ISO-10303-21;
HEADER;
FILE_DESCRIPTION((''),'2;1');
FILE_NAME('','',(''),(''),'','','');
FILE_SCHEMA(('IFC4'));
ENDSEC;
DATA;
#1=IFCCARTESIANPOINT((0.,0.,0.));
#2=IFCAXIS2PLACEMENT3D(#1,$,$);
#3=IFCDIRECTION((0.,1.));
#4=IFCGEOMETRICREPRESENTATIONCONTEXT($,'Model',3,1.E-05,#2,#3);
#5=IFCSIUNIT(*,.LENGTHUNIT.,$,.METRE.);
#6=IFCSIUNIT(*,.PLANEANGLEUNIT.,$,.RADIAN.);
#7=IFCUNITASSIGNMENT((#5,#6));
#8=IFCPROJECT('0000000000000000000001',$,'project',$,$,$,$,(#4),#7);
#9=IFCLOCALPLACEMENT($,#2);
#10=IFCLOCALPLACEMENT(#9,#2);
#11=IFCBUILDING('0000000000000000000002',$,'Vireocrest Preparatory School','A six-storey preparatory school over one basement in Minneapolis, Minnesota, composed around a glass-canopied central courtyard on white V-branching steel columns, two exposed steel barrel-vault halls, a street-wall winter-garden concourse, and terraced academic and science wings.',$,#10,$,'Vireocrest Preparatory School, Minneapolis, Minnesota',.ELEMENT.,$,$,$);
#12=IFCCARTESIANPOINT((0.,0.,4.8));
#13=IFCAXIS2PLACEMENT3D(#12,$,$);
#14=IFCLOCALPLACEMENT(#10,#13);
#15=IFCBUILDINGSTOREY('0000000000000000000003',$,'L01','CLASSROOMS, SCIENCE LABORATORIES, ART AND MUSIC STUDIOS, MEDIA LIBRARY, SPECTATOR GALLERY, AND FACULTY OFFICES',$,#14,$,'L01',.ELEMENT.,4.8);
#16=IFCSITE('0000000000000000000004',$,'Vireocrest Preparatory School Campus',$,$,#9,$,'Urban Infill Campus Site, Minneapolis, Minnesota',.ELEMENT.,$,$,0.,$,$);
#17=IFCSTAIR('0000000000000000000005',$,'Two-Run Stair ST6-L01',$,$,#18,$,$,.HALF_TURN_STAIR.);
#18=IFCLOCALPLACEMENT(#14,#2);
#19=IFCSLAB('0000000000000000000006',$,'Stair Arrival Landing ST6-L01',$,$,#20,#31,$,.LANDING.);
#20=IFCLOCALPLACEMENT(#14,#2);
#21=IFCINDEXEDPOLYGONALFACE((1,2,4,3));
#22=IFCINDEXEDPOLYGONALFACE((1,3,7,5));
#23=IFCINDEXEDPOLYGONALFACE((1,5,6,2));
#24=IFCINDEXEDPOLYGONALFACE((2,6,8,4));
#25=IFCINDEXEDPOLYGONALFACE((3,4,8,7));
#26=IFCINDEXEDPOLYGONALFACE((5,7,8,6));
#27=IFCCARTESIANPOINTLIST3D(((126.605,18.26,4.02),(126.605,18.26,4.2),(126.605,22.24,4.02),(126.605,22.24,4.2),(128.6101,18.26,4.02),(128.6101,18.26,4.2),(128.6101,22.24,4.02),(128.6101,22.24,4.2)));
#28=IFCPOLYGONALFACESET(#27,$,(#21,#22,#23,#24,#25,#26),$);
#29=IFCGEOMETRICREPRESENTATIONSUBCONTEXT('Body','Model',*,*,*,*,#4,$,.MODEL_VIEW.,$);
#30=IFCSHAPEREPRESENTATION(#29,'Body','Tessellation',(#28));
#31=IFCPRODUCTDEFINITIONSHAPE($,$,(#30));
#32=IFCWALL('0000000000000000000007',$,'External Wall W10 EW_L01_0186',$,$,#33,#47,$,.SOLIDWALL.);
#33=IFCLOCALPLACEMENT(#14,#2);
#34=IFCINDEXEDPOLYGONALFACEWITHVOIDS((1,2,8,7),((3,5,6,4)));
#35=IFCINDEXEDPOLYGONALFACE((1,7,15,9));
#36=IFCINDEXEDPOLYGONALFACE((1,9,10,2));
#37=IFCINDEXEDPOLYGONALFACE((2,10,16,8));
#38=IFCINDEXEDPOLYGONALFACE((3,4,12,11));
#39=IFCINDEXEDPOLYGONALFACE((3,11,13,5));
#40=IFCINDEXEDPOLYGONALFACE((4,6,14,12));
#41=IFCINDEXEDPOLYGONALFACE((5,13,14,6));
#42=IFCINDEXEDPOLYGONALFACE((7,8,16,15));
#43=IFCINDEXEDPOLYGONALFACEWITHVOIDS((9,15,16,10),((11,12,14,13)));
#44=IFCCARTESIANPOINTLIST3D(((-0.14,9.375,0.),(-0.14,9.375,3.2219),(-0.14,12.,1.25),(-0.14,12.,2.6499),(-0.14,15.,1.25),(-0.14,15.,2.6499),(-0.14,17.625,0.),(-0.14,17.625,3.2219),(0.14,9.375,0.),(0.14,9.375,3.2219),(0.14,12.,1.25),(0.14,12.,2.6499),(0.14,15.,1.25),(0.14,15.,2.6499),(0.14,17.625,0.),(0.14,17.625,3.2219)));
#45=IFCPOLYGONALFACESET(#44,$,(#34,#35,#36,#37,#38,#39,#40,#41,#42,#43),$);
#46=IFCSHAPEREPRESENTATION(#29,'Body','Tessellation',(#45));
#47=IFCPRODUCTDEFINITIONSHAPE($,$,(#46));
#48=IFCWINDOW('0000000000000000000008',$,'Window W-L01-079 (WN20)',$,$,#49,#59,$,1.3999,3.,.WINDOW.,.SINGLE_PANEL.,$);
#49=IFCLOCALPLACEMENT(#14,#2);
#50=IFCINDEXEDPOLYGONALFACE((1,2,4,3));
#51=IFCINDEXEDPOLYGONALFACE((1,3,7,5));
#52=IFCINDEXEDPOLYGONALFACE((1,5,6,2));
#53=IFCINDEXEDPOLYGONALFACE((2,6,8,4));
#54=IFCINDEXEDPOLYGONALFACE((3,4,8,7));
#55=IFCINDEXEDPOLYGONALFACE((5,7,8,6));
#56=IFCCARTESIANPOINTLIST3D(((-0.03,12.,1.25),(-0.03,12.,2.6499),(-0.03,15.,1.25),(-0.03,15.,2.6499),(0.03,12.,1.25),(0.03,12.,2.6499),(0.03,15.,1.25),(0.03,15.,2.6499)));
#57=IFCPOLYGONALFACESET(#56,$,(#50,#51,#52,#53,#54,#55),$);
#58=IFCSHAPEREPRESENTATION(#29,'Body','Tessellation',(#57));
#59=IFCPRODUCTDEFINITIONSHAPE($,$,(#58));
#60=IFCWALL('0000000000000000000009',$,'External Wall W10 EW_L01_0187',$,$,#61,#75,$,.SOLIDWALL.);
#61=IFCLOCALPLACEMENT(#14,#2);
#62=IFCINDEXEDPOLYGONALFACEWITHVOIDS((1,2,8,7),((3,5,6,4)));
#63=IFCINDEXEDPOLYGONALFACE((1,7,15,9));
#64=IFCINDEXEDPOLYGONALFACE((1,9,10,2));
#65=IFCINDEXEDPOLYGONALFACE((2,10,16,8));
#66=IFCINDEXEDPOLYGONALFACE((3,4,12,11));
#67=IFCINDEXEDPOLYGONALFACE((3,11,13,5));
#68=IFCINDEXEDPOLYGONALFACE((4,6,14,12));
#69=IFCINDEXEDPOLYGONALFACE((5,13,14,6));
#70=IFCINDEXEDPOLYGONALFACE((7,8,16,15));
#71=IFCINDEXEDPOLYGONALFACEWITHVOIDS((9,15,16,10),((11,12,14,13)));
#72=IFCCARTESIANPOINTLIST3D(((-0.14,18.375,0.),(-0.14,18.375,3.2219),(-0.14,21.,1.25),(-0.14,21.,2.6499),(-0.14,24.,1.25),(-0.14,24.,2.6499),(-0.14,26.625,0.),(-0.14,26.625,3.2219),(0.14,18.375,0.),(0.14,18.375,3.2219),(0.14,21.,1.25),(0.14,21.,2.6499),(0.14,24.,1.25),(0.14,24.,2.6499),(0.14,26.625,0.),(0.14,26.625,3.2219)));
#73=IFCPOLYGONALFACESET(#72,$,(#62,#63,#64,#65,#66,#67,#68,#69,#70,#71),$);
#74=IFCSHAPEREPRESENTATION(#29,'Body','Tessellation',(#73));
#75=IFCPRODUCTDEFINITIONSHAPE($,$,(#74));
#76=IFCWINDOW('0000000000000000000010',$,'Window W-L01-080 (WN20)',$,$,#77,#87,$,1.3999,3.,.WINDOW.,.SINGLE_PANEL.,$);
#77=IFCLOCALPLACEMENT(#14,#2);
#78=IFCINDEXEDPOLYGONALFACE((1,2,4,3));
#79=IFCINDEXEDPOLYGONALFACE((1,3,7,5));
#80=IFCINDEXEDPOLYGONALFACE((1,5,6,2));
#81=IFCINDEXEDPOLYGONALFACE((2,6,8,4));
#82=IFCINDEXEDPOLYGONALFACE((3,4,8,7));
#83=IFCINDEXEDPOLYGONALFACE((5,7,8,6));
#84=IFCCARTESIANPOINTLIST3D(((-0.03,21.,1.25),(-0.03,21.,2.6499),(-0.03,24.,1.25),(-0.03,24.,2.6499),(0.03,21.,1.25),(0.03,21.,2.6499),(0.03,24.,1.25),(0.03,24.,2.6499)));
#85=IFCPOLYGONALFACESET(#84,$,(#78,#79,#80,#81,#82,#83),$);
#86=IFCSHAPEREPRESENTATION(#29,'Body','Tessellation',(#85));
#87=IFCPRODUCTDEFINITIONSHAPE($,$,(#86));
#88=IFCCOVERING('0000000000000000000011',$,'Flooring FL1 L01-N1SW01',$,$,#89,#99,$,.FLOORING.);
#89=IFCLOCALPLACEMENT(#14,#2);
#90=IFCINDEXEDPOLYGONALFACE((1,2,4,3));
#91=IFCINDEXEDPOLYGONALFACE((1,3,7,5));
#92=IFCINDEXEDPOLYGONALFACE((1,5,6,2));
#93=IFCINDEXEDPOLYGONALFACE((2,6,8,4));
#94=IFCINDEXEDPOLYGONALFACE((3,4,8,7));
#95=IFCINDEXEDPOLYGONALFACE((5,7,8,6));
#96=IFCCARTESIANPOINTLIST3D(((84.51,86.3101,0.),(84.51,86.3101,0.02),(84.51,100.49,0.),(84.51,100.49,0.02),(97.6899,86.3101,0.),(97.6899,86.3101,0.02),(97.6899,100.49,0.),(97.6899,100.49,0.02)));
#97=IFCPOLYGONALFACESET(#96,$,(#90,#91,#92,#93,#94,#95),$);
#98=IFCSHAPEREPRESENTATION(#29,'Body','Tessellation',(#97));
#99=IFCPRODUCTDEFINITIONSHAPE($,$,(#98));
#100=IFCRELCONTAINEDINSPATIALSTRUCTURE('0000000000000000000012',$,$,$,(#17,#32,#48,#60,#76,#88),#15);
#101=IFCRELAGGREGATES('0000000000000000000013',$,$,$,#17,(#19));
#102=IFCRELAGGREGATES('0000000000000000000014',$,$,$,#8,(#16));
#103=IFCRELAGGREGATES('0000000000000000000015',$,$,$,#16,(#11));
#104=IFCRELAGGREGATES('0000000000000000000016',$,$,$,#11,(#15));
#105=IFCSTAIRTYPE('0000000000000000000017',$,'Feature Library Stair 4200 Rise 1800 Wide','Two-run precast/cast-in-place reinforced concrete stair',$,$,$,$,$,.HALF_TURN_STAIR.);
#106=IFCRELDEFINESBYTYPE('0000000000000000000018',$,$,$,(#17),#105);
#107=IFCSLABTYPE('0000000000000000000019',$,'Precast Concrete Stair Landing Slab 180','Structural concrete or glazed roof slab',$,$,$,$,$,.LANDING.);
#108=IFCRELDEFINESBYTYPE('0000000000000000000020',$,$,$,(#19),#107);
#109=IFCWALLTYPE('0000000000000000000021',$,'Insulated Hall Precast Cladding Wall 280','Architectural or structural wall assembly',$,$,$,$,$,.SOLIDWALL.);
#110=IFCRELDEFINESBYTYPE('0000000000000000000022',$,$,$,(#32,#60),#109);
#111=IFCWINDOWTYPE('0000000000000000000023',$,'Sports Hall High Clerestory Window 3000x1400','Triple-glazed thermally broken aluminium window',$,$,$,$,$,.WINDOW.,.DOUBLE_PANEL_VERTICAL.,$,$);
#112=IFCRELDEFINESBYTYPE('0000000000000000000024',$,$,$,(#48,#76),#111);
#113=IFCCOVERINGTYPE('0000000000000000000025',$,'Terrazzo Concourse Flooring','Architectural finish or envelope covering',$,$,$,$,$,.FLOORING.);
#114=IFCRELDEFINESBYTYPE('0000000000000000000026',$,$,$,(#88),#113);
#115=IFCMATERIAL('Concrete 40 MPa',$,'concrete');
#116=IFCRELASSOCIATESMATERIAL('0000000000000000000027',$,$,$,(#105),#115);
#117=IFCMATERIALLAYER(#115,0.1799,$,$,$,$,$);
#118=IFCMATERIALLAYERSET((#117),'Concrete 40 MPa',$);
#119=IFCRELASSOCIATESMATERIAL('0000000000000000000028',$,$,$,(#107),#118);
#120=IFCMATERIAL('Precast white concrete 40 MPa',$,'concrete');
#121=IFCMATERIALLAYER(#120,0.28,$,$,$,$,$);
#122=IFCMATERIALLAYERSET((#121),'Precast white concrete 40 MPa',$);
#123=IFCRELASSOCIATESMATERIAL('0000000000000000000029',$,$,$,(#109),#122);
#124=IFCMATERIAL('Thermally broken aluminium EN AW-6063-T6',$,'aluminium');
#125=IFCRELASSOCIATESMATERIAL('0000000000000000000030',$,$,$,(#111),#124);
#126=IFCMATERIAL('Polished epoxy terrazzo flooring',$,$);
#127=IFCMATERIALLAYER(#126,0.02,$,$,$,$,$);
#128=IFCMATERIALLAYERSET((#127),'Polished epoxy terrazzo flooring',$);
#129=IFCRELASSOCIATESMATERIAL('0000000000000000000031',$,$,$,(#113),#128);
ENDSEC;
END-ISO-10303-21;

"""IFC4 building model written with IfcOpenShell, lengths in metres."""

from ifc_helpers import new_model, si_unit, direction, frame, frame_2d, origin, place, context, subcontext, project, spatial, polyline, rectangle, outline, extrude, material, layer, layer_set, type_object, element, fill, aggregate, save


model = new_model("IFC4")

# Units and contexts
model_context = context("Model", 3, precision=1e-05, world=origin(), true_north=direction((0.0, 1.0)))
body_context = subcontext(model_context, "Body", "Model", "MODEL_VIEW")
ifc_project = project(units=[si_unit("LENGTHUNIT", "METRE"), si_unit("PLANEANGLEUNIT", "RADIAN")], contexts=[model_context])

# Site, building, storey
site_placement = place(None, origin())
site = spatial("IfcSite", under=ifc_project, at=site_placement, Name="Vireocrest Preparatory School Campus", LongName="Urban Infill Campus Site, Minneapolis, Minnesota", CompositionType="ELEMENT", RefElevation=0.0)
building_placement = place(site_placement, origin())
building = spatial("IfcBuilding", under=site, at=building_placement, Name="Vireocrest Preparatory School", Description="A six-storey preparatory school over one basement in Minneapolis, Minnesota, composed around a glass-canopied central courtyard on white V-branching steel columns, two exposed steel barrel-vault halls, a street-wall winter-garden concourse, and terraced academic and science wings.", LongName="Vireocrest Preparatory School, Minneapolis, Minnesota", CompositionType="ELEMENT")
storey_placement = place(building_placement, frame((0.0, 0.0, 4.8)))
storey = spatial("IfcBuildingStorey", under=building, at=storey_placement, Name="L01", Description="CLASSROOMS, SCIENCE LABORATORIES, ART AND MUSIC STUDIOS, MEDIA LIBRARY, SPECTATOR GALLERY, AND FACULTY OFFICES", LongName="L01", CompositionType="ELEMENT", Elevation=4.8)

# Shared definitions
ifc_material_1 = material(Name="Concrete 40 MPa", Category="concrete")
stair_type = type_object("IfcStairType", Name="Feature Library Stair 4200 Rise 1800 Wide", Description="Two-run precast/cast-in-place reinforced concrete stair", PredefinedType="HALF_TURN_STAIR", material=ifc_material_1)
ifc_layer_1 = layer(ifc_material_1, 0.1799)
ifc_layer_set_1 = layer_set([ifc_layer_1], Name="Concrete 40 MPa")
slab_type = type_object("IfcSlabType", Name="Precast Concrete Stair Landing Slab 180", Description="Structural concrete or glazed roof slab", PredefinedType="LANDING", material=ifc_layer_set_1)

# Stair, slab
stair_1_placement = place(storey_placement, origin())
stair_1 = element("IfcStair", 1, at=stair_1_placement, inside=storey, type_object=stair_type, Name="Two-Run Stair ST6-L01", PredefinedType="HALF_TURN_STAIR")
slab_1_placement = place(storey_placement, frame((0.0, 0.0, 4.02)))
slab_1 = element("IfcSlab", 2, at=slab_1_placement, type_object=slab_type, Name="Stair Arrival Landing ST6-L01", PredefinedType="LANDING", context=body_context, shape_type="SweptSolid", body=[
    extrude(outline(polyline([(126.605, 18.26), (128.6101, 18.26), (128.6101, 22.24), (126.605, 22.24), (126.605, 18.26)])), origin(), (0.0, 0.0, 1.0), 0.1799),
])
aggregate(stair_1, [slab_1])

# Walls, openings, windows
ifc_material_2 = material(Name="Precast white concrete 40 MPa", Category="concrete")
ifc_layer_2 = layer(ifc_material_2, 0.28)
ifc_layer_set_2 = layer_set([ifc_layer_2], Name="Precast white concrete 40 MPa")
wall_type = type_object("IfcWallType", Name="Insulated Hall Precast Cladding Wall 280", Description="Architectural or structural wall assembly", PredefinedType="SOLIDWALL", material=ifc_layer_set_2)
wall_1_placement = place(storey_placement, frame((0.0, 9.375, 0.0), z_axis=(0.0, 0.0, 1.0), x_axis=(0.0, 1.0, 0.0)))
wall_1 = element("IfcWall", 3, at=wall_1_placement, inside=storey, type_object=wall_type, Name="External Wall W10 EW_L01_0186", PredefinedType="SOLIDWALL", context=body_context, shape_type="SweptSolid", body=[
    extrude(rectangle(XDim=8.25, YDim=0.28, at=frame_2d((4.125, 0.0))), origin(), (0.0, 0.0, 1.0), 3.2219),
])
opening_1_placement = place(wall_1_placement, frame((2.625, 0.0, 1.25)))
opening_1 = element("IfcOpeningElement", 4, at=opening_1_placement, cuts=wall_1, PredefinedType="OPENING", context=body_context, shape_type="SweptSolid", body=[
    extrude(rectangle(XDim=3.0, YDim=1.3999, at=frame_2d((1.5, 0.7))), frame((0.0, 0.1499, 0.0), z_axis=(0.0, -1.0, 0.0), x_axis=(1.0, 0.0, 0.0)), (0.0, 0.0, 1.0), 0.3),
])
ifc_material_3 = material(Name="Thermally broken aluminium EN AW-6063-T6", Category="aluminium")
window_type = type_object("IfcWindowType", Name="Sports Hall High Clerestory Window 3000x1400", Description="Triple-glazed thermally broken aluminium window", PartitioningType="DOUBLE_PANEL_VERTICAL", PredefinedType="WINDOW", material=ifc_material_3)
window_1_placement = place(opening_1_placement, origin())
window_1 = element("IfcWindow", 5, at=window_1_placement, inside=storey, type_object=window_type, Name="Window W-L01-079 (WN20)", OverallHeight=1.3999, OverallWidth=3.0, PartitioningType="SINGLE_PANEL", PredefinedType="WINDOW", context=body_context, shape_type="SweptSolid", body=[
    extrude(rectangle(XDim=3.0, YDim=1.3999, at=frame_2d((1.5, 0.7))), frame((0.0, 0.03, 0.0), z_axis=(0.0, -1.0, 0.0), x_axis=(1.0, 0.0, 0.0)), (0.0, 0.0, 1.0), 0.0601),
])
fill(opening_1, window_1)
wall_2_placement = place(storey_placement, frame((0.0, 18.375, 0.0), z_axis=(0.0, 0.0, 1.0), x_axis=(0.0, 1.0, 0.0)))
wall_2 = element("IfcWall", 6, at=wall_2_placement, inside=storey, type_object=wall_type, Name="External Wall W10 EW_L01_0187", PredefinedType="SOLIDWALL", context=body_context, shape_type="SweptSolid", body=[
    extrude(rectangle(XDim=8.25, YDim=0.28, at=frame_2d((4.125, 0.0))), origin(), (0.0, 0.0, 1.0), 3.2219),
])
opening_2_placement = place(wall_2_placement, frame((2.625, 0.0, 1.25)))
opening_2 = element("IfcOpeningElement", 7, at=opening_2_placement, cuts=wall_2, PredefinedType="OPENING", context=body_context, shape_type="SweptSolid", body=[
    extrude(rectangle(XDim=3.0, YDim=1.3999, at=frame_2d((1.5, 0.7))), frame((0.0, 0.1499, 0.0), z_axis=(0.0, -1.0, 0.0), x_axis=(1.0, 0.0, 0.0)), (0.0, 0.0, 1.0), 0.3),
])
window_2_placement = place(opening_2_placement, origin())
window_2 = element("IfcWindow", 8, at=window_2_placement, inside=storey, type_object=window_type, Name="Window W-L01-080 (WN20)", OverallHeight=1.3999, OverallWidth=3.0, PartitioningType="SINGLE_PANEL", PredefinedType="WINDOW", context=body_context, shape_type="SweptSolid", body=[
    extrude(rectangle(XDim=3.0, YDim=1.3999, at=frame_2d((1.5, 0.7))), frame((0.0, 0.03, 0.0), z_axis=(0.0, -1.0, 0.0), x_axis=(1.0, 0.0, 0.0)), (0.0, 0.0, 1.0), 0.0601),
])
fill(opening_2, window_2)

# Covering
ifc_material_4 = material(Name="Polished epoxy terrazzo flooring")
ifc_layer_3 = layer(ifc_material_4, 0.02)
ifc_layer_set_3 = layer_set([ifc_layer_3], Name="Polished epoxy terrazzo flooring")
covering_type = type_object("IfcCoveringType", Name="Terrazzo Concourse Flooring", Description="Architectural finish or envelope covering", PredefinedType="FLOORING", material=ifc_layer_set_3)
covering_placement = place(storey_placement, origin())
element("IfcCovering", 9, at=covering_placement, inside=storey, type_object=covering_type, Name="Flooring FL1 L01-N1SW01", PredefinedType="FLOORING", context=body_context, shape_type="SweptSolid", body=[
    extrude(outline(polyline([(84.51, 86.3101), (97.6899, 86.3101), (97.6899, 100.49), (84.51, 100.49), (84.51, 86.3101)])), origin(), (0.0, 0.0, 1.0), 0.02),
])

save(model, "model.ifc")
